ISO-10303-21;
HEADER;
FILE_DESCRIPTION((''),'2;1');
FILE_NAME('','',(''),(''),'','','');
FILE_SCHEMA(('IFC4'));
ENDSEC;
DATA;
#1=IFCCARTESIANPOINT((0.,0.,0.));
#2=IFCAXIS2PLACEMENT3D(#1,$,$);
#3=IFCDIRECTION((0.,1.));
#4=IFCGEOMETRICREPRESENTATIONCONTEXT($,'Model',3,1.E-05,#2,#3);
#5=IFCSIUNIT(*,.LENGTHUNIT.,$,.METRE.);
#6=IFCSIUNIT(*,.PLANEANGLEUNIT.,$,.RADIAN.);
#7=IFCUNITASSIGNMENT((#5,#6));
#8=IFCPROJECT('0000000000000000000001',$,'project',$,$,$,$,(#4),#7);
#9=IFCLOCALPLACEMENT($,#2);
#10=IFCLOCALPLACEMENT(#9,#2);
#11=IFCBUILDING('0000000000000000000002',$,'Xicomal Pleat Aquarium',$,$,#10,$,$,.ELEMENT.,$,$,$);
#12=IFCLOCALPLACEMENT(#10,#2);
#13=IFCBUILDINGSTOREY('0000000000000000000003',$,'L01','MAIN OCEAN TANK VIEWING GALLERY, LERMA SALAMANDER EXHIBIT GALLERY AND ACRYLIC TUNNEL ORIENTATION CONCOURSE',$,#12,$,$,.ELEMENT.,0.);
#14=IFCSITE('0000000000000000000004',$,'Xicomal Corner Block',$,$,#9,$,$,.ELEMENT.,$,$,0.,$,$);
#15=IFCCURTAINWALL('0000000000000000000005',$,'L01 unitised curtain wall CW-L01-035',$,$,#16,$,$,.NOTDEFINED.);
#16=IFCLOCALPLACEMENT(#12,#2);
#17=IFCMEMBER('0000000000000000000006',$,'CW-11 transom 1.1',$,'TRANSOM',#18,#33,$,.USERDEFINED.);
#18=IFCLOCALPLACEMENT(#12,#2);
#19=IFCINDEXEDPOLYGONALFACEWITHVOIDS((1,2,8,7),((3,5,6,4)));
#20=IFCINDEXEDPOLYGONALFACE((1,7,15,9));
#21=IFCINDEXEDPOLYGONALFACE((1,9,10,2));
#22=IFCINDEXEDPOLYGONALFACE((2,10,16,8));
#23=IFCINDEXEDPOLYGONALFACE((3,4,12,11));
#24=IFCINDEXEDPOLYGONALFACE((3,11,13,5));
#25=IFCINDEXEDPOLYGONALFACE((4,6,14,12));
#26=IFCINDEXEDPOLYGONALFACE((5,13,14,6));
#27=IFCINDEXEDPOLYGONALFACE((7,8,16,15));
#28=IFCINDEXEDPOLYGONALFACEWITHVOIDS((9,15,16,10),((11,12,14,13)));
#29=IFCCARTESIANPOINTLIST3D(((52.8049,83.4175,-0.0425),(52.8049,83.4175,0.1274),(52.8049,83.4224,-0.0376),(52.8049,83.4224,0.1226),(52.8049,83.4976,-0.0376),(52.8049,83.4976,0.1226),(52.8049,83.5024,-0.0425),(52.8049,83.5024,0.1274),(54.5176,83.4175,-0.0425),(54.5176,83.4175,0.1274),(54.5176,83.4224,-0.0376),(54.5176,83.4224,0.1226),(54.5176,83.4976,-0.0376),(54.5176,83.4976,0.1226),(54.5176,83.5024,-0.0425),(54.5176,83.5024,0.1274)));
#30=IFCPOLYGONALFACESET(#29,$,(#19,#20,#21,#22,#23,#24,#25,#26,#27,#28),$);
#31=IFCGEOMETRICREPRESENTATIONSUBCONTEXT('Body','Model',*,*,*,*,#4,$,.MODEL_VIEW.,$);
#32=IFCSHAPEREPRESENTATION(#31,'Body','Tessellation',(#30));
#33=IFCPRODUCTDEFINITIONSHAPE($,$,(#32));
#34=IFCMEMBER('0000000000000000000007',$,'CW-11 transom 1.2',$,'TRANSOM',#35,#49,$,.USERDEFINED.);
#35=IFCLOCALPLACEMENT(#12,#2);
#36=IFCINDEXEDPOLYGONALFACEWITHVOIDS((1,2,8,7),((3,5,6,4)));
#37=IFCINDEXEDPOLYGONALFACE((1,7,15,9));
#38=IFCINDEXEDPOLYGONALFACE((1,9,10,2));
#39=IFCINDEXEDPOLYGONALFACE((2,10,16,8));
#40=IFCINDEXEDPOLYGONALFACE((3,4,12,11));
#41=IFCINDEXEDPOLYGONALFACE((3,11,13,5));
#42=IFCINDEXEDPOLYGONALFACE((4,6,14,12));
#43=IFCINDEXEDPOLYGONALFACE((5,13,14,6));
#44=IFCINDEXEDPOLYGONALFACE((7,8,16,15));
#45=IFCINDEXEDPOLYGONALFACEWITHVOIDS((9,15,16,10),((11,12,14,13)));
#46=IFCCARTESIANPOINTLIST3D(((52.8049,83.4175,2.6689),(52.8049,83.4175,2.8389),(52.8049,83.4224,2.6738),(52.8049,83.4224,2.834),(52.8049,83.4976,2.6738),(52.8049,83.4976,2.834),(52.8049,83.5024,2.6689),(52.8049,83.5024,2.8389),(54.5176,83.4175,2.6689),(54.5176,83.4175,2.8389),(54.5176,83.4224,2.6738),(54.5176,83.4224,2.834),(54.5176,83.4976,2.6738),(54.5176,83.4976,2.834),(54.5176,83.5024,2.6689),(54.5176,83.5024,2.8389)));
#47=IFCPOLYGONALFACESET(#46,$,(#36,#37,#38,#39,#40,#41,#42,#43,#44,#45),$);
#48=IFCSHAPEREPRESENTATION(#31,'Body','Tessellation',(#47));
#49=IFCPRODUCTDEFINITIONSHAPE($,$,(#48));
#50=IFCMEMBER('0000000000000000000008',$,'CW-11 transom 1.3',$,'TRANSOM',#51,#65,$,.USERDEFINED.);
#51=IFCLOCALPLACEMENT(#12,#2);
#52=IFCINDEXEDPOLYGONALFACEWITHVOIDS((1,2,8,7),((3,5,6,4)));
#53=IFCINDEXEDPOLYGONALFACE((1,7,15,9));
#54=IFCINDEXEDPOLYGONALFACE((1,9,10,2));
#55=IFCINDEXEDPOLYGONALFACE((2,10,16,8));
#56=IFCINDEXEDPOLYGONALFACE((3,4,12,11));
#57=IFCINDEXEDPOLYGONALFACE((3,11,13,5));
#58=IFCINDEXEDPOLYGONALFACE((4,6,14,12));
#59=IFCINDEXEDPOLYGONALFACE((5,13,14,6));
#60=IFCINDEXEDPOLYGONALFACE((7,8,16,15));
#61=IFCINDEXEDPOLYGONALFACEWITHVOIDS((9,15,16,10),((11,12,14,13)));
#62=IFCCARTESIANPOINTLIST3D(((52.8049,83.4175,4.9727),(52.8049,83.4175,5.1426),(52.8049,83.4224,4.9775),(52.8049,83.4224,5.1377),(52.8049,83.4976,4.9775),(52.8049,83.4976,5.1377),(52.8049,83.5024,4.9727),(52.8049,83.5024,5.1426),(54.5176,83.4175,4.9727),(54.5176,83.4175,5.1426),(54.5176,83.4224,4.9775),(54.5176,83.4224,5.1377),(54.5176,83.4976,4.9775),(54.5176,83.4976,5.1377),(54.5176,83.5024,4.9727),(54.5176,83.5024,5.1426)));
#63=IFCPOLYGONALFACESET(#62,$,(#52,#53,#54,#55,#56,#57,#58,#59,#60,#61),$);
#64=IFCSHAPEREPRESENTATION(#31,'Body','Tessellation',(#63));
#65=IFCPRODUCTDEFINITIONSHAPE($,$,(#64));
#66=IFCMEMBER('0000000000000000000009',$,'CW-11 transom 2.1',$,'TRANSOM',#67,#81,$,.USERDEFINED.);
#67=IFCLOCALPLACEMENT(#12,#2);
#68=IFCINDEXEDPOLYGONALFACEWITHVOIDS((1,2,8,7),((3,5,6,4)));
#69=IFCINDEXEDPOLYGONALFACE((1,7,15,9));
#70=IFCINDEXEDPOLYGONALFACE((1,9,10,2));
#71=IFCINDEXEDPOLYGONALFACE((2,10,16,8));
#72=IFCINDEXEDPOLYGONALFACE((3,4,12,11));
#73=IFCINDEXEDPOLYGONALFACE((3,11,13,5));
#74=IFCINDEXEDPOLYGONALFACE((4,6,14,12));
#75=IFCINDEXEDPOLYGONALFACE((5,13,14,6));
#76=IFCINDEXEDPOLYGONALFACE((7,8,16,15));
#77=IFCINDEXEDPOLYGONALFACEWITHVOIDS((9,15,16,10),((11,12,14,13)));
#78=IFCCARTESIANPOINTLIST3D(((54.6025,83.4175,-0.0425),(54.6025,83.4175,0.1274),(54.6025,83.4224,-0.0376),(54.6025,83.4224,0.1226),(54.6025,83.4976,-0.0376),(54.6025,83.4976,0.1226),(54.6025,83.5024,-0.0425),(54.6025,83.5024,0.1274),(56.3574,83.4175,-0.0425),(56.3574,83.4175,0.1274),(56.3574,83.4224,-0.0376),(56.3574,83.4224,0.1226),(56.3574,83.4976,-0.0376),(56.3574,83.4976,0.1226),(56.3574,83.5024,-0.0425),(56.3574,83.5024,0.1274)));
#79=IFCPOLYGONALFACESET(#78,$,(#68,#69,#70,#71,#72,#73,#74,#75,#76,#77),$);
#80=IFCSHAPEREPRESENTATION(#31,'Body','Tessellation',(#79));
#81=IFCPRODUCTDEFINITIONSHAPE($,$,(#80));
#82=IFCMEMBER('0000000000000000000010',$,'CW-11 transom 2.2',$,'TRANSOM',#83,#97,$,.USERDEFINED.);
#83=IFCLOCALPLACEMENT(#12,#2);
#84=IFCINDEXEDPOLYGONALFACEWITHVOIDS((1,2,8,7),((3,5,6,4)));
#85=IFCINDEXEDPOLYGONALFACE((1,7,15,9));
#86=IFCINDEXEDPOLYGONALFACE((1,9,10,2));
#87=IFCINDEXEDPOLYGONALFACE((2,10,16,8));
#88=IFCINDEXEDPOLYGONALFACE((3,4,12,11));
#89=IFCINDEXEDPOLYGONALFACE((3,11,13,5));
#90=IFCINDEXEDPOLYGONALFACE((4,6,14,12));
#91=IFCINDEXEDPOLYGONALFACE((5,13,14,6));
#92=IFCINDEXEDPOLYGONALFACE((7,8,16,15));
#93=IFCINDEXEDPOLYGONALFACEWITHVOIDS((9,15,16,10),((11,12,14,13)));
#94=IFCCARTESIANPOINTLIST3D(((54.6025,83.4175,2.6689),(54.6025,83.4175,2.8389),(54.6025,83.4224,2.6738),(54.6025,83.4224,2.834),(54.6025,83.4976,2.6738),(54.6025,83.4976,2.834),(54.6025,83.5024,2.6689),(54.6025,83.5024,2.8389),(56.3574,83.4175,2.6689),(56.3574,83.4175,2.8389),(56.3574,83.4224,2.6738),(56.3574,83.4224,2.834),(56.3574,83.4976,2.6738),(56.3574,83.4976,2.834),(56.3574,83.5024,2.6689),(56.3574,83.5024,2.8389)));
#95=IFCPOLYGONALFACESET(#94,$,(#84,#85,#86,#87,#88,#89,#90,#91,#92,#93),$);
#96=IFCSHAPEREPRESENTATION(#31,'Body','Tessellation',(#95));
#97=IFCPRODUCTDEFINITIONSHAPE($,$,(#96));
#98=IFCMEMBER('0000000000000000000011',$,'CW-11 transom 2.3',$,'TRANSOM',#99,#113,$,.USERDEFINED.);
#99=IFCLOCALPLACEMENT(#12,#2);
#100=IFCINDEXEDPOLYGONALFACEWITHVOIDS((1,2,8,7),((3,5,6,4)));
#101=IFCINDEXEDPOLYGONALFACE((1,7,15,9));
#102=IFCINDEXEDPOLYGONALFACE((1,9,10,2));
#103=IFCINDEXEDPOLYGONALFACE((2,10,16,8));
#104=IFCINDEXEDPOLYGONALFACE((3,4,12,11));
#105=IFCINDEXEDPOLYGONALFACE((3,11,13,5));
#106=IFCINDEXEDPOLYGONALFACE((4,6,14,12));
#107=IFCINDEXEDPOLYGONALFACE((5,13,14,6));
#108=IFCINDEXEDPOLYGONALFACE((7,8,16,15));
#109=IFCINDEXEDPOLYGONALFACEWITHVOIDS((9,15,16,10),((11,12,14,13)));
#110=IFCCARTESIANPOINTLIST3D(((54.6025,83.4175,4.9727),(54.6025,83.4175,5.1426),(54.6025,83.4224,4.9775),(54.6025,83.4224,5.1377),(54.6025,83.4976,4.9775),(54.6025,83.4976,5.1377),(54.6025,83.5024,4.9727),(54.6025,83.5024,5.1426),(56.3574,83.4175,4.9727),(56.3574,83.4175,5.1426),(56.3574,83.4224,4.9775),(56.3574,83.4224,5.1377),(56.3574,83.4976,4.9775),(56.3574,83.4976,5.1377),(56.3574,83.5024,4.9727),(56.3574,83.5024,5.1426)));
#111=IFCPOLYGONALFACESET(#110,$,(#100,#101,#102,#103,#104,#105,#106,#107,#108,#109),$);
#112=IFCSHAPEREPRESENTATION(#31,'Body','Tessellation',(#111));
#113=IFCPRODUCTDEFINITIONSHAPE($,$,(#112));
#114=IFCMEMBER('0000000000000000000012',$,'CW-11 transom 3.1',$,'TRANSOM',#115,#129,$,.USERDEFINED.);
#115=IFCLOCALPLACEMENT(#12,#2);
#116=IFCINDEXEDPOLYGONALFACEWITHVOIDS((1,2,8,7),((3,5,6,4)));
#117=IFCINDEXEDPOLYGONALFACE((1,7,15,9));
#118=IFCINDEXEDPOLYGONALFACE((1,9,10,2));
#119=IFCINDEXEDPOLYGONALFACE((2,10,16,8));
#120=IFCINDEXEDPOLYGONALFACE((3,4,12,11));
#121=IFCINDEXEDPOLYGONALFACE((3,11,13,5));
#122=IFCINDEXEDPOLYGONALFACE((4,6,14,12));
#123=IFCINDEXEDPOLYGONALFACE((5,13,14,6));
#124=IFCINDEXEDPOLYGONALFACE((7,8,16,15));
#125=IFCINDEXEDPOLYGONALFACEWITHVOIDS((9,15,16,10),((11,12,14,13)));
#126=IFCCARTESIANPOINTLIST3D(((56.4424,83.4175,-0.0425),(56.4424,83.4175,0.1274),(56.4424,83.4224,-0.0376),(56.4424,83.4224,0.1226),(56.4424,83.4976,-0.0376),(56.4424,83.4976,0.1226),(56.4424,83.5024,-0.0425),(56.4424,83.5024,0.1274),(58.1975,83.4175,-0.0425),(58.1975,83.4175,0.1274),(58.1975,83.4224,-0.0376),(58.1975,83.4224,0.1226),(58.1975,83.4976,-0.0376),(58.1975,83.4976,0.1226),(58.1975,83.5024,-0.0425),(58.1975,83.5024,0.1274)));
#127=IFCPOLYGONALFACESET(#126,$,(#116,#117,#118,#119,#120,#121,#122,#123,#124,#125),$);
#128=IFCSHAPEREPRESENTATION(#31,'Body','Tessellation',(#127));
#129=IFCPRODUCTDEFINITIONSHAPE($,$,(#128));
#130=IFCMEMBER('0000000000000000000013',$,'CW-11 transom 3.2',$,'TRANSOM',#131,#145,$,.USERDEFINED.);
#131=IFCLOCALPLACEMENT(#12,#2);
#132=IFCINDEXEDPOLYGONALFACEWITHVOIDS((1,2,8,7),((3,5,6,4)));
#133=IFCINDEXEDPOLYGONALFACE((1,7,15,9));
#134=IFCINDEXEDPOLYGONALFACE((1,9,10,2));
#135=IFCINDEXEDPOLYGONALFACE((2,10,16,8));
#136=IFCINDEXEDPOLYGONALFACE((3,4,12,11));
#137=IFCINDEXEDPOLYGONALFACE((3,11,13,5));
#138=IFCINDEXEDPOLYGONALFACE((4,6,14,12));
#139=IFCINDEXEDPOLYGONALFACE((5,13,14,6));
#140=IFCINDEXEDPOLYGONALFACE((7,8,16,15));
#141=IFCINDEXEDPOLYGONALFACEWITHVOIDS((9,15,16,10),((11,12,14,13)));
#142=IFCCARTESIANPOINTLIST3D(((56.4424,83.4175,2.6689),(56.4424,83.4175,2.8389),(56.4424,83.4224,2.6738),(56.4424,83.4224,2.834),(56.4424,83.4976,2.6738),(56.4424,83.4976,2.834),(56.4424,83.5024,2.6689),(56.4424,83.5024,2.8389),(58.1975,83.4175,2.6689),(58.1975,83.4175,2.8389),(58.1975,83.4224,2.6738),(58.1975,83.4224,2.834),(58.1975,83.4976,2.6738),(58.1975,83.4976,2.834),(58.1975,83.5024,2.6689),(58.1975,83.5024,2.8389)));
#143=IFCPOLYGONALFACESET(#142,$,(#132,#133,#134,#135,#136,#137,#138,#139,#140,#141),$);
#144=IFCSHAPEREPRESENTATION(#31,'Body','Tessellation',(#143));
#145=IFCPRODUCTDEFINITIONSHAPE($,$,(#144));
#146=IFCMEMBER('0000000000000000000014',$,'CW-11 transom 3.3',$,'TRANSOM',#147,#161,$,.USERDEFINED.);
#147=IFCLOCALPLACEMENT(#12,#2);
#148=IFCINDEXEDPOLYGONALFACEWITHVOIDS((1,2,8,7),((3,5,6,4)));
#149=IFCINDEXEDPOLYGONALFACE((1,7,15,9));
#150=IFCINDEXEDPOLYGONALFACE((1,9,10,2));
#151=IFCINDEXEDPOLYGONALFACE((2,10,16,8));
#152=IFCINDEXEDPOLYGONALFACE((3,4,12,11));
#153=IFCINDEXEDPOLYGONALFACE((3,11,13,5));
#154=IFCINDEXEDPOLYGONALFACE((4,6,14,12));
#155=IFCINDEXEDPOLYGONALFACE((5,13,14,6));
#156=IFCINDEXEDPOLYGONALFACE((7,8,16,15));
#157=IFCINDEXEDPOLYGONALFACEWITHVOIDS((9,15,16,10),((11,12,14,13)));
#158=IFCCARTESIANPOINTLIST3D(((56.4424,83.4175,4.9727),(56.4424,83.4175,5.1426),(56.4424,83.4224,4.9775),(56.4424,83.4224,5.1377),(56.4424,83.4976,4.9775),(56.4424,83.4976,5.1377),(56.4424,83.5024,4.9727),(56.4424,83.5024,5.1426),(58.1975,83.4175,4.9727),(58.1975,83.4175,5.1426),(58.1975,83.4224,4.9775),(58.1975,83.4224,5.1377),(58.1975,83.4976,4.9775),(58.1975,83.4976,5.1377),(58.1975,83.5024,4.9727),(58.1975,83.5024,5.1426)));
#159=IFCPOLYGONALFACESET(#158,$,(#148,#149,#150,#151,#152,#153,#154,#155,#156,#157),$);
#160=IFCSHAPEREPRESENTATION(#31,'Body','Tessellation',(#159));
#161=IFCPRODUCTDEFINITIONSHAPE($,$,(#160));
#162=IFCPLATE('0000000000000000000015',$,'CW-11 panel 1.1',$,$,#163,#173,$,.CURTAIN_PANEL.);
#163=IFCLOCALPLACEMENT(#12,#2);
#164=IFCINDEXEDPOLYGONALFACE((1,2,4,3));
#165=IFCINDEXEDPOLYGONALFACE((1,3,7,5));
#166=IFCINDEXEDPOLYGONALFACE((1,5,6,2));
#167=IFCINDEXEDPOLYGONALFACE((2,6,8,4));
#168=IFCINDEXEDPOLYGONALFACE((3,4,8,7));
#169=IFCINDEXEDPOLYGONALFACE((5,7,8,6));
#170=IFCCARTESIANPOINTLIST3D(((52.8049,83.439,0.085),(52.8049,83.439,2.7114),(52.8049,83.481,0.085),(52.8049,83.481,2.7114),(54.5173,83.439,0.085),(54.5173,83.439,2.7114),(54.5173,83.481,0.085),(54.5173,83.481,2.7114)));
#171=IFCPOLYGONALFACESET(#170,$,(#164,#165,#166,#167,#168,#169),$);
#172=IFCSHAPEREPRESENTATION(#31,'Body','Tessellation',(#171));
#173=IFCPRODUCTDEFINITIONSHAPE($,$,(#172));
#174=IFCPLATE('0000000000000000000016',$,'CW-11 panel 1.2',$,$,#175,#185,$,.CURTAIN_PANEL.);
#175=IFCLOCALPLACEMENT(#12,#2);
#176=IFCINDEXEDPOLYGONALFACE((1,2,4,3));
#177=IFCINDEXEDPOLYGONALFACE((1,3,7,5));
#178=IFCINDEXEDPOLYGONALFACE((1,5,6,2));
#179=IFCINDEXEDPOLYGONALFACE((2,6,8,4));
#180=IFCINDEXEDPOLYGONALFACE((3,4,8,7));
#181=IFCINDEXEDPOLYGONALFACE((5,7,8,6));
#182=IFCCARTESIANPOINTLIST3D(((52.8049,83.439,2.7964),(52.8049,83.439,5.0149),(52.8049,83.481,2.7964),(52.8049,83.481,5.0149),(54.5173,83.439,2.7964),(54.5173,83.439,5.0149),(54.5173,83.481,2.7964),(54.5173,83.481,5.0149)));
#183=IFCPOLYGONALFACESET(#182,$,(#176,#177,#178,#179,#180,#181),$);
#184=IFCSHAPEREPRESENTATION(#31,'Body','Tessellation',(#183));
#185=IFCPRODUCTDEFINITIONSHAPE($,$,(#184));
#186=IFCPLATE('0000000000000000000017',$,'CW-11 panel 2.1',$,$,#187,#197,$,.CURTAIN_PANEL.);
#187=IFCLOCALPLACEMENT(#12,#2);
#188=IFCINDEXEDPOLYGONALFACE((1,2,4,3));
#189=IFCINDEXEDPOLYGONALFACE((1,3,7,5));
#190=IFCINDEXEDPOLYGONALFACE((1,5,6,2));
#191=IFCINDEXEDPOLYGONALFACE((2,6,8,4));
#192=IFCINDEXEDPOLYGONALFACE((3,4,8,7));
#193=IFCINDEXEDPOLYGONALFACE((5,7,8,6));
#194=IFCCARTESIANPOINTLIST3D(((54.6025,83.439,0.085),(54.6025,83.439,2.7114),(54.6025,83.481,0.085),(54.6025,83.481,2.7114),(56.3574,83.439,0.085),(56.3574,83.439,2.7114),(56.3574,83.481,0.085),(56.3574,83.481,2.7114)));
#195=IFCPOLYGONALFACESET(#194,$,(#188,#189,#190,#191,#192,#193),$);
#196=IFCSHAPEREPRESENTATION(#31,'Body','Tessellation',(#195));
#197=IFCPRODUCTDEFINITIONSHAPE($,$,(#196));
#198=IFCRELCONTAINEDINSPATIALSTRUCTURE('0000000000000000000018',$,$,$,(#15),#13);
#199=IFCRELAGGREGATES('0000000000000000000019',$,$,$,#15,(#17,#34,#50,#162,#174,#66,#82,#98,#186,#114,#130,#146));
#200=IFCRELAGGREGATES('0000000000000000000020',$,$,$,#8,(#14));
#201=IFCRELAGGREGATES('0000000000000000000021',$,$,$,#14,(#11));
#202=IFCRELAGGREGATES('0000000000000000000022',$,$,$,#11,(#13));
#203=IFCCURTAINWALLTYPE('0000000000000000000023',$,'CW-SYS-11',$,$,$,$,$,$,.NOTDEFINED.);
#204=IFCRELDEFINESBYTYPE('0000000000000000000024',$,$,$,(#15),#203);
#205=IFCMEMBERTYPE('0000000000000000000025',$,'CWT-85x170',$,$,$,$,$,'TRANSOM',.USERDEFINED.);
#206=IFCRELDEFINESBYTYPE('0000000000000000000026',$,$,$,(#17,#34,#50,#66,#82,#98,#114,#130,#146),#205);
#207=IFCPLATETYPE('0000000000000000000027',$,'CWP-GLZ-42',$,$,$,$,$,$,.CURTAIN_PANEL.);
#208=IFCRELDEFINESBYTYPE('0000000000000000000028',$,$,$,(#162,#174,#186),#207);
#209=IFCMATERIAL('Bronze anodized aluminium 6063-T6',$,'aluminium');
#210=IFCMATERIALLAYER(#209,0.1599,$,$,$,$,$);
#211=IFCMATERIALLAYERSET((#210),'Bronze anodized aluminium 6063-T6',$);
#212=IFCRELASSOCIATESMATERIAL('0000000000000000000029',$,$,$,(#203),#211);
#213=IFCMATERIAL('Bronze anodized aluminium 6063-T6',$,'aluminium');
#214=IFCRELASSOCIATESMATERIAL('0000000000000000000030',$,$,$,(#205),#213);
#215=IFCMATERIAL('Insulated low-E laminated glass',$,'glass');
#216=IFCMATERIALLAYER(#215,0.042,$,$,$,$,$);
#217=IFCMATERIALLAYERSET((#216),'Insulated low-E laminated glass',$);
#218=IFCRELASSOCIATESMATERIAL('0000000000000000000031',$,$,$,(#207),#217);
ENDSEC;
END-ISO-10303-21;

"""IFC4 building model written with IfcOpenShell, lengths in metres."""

from ifc_helpers import new_model, si_unit, direction, frame, origin, origin_2d, place, context, subcontext, project, spatial, rectangle, hollow_rectangle, extrude, material, layer, layer_set, material_profile, profile_set, type_object, element, aggregate, save


model = new_model("IFC4")

# Units and contexts
model_context = context("Model", 3, precision=1e-05, world=origin(), true_north=direction((0.0, 1.0)))
body_context = subcontext(model_context, "Body", "Model", "MODEL_VIEW")
ifc_project = project(units=[si_unit("LENGTHUNIT", "METRE"), si_unit("PLANEANGLEUNIT", "RADIAN")], contexts=[model_context])

# Site, building, storey
site_placement = place(None, origin())
site = spatial("IfcSite", under=ifc_project, at=site_placement, Name="Xicomal Corner Block", CompositionType="ELEMENT", RefElevation=0.0)
building_placement = place(site_placement, origin())
building = spatial("IfcBuilding", under=site, at=building_placement, Name="Xicomal Pleat Aquarium", CompositionType="ELEMENT")
storey_placement = place(building_placement, origin())
storey = spatial("IfcBuildingStorey", under=building, at=storey_placement, Name="L01", Description="MAIN OCEAN TANK VIEWING GALLERY, LERMA SALAMANDER EXHIBIT GALLERY AND ACRYLIC TUNNEL ORIENTATION CONCOURSE", CompositionType="ELEMENT", Elevation=0.0)

# Curtain wall, members, plates
ifc_material_1 = material(Name="Bronze anodized aluminium 6063-T6", Category="aluminium")
ifc_layer_1 = layer(ifc_material_1, 0.1599)
ifc_layer_set_1 = layer_set([ifc_layer_1], Name="Bronze anodized aluminium 6063-T6")
curtain_wall_type = type_object("IfcCurtainWallType", Name="CW-SYS-11", PredefinedType="NOTDEFINED", material=ifc_layer_set_1)
curtain_wall_placement = place(storey_placement, origin())
curtain_wall = element("IfcCurtainWall", 1, at=curtain_wall_placement, inside=storey, type_object=curtain_wall_type, Name="L01 unitised curtain wall CW-L01-035", PredefinedType="NOTDEFINED")
ifc_material_2 = material(Name="Bronze anodized aluminium 6063-T6", Category="aluminium")
ifc_material_profile_1 = material_profile(ifc_material_2, hollow_rectangle(XDim=0.085, YDim=0.1699, WallThickness=0.0049, at=origin_2d()), Name="ALU TRAN 85x170")
ifc_profile_set_1 = profile_set([ifc_material_profile_1], Name="Bronze anodized aluminium 6063-T6")
member_type_1 = type_object("IfcMemberType", Name="CWT-85x170", ElementType="TRANSOM", PredefinedType="USERDEFINED", material=ifc_profile_set_1)
member_1_placement = place(storey_placement, frame((52.8049, 83.46, 0.0425), z_axis=(1.0, 0.0, 0.0), x_axis=(0.0, 1.0, 0.0)))
member_1 = element("IfcMember", 2, at=member_1_placement, type_object=member_type_1, Name="CW-11 transom 1.1", ObjectType="TRANSOM", PredefinedType="USERDEFINED", context=body_context, shape_type="SweptSolid", body=[
    extrude(hollow_rectangle(XDim=0.085, YDim=0.1699, WallThickness=0.0049, at=origin_2d()), origin(), (0.0, 0.0, 1.0), 1.7126),
])
member_2_placement = place(storey_placement, frame((52.8049, 83.46, 2.7539), z_axis=(1.0, 0.0, 0.0), x_axis=(0.0, 1.0, 0.0)))
member_2 = element("IfcMember", 3, at=member_2_placement, type_object=member_type_1, Name="CW-11 transom 1.2", ObjectType="TRANSOM", PredefinedType="USERDEFINED", context=body_context, shape_type="SweptSolid", body=[
    extrude(hollow_rectangle(XDim=0.085, YDim=0.1699, WallThickness=0.0049, at=origin_2d()), origin(), (0.0, 0.0, 1.0), 1.7126),
])
member_3_placement = place(storey_placement, frame((52.8049, 83.46, 5.0576), z_axis=(1.0, 0.0, 0.0), x_axis=(0.0, 1.0, 0.0)))
member_3 = element("IfcMember", 4, at=member_3_placement, type_object=member_type_1, Name="CW-11 transom 1.3", ObjectType="TRANSOM", PredefinedType="USERDEFINED", context=body_context, shape_type="SweptSolid", body=[
    extrude(hollow_rectangle(XDim=0.085, YDim=0.1699, WallThickness=0.0049, at=origin_2d()), origin(), (0.0, 0.0, 1.0), 1.7126),
])
member_4_placement = place(storey_placement, frame((54.6025, 83.46, 0.0425), z_axis=(1.0, 0.0, 0.0), x_axis=(0.0, 1.0, 0.0)))
member_4 = element("IfcMember", 5, at=member_4_placement, type_object=member_type_1, Name="CW-11 transom 2.1", ObjectType="TRANSOM", PredefinedType="USERDEFINED", context=body_context, shape_type="SweptSolid", body=[
    extrude(hollow_rectangle(XDim=0.085, YDim=0.1699, WallThickness=0.0049, at=origin_2d()), origin(), (0.0, 0.0, 1.0), 1.7549),
])
member_5_placement = place(storey_placement, frame((54.6025, 83.46, 2.7539), z_axis=(1.0, 0.0, 0.0), x_axis=(0.0, 1.0, 0.0)))
member_5 = element("IfcMember", 6, at=member_5_placement, type_object=member_type_1, Name="CW-11 transom 2.2", ObjectType="TRANSOM", PredefinedType="USERDEFINED", context=body_context, shape_type="SweptSolid", body=[
    extrude(hollow_rectangle(XDim=0.085, YDim=0.1699, WallThickness=0.0049, at=origin_2d()), origin(), (0.0, 0.0, 1.0), 1.7549),
])
member_6_placement = place(storey_placement, frame((54.6025, 83.46, 5.0576), z_axis=(1.0, 0.0, 0.0), x_axis=(0.0, 1.0, 0.0)))
member_6 = element("IfcMember", 7, at=member_6_placement, type_object=member_type_1, Name="CW-11 transom 2.3", ObjectType="TRANSOM", PredefinedType="USERDEFINED", context=body_context, shape_type="SweptSolid", body=[
    extrude(hollow_rectangle(XDim=0.085, YDim=0.1699, WallThickness=0.0049, at=origin_2d()), origin(), (0.0, 0.0, 1.0), 1.7549),
])
member_7_placement = place(storey_placement, frame((56.4424, 83.46, 0.0425), z_axis=(1.0, 0.0, 0.0), x_axis=(0.0, 1.0, 0.0)))
member_7 = element("IfcMember", 8, at=member_7_placement, type_object=member_type_1, Name="CW-11 transom 3.1", ObjectType="TRANSOM", PredefinedType="USERDEFINED", context=body_context, shape_type="SweptSolid", body=[
    extrude(hollow_rectangle(XDim=0.085, YDim=0.1699, WallThickness=0.0049, at=origin_2d()), origin(), (0.0, 0.0, 1.0), 1.7551),
])
member_8_placement = place(storey_placement, frame((56.4424, 83.46, 2.7539), z_axis=(1.0, 0.0, 0.0), x_axis=(0.0, 1.0, 0.0)))
member_8 = element("IfcMember", 9, at=member_8_placement, type_object=member_type_1, Name="CW-11 transom 3.2", ObjectType="TRANSOM", PredefinedType="USERDEFINED", context=body_context, shape_type="SweptSolid", body=[
    extrude(hollow_rectangle(XDim=0.085, YDim=0.1699, WallThickness=0.0049, at=origin_2d()), origin(), (0.0, 0.0, 1.0), 1.7551),
])
member_9_placement = place(storey_placement, frame((56.4424, 83.46, 5.0576), z_axis=(1.0, 0.0, 0.0), x_axis=(0.0, 1.0, 0.0)))
member_9 = element("IfcMember", 10, at=member_9_placement, type_object=member_type_1, Name="CW-11 transom 3.3", ObjectType="TRANSOM", PredefinedType="USERDEFINED", context=body_context, shape_type="SweptSolid", body=[
    extrude(hollow_rectangle(XDim=0.085, YDim=0.1699, WallThickness=0.0049, at=origin_2d()), origin(), (0.0, 0.0, 1.0), 1.7551),
])
ifc_material_3 = material(Name="Insulated low-E laminated glass", Category="glass")
ifc_layer_2 = layer(ifc_material_3, 0.042)
ifc_layer_set_2 = layer_set([ifc_layer_2], Name="Insulated low-E laminated glass")
plate_type = type_object("IfcPlateType", Name="CWP-GLZ-42", PredefinedType="CURTAIN_PANEL", material=ifc_layer_set_2)
plate_1_placement = place(storey_placement, frame((53.6611, 83.46, 0.085), z_axis=(0.0, 0.0, 1.0), x_axis=(1.0, 0.0, 0.0)))
plate_1 = element("IfcPlate", 11, at=plate_1_placement, type_object=plate_type, Name="CW-11 panel 1.1", PredefinedType="CURTAIN_PANEL", context=body_context, shape_type="SweptSolid", body=[
    extrude(rectangle(XDim=1.7124, YDim=0.042, at=origin_2d()), origin(), (0.0, 0.0, 1.0), 2.6265),
])
plate_2_placement = place(storey_placement, frame((53.6611, 83.46, 2.7964), z_axis=(0.0, 0.0, 1.0), x_axis=(1.0, 0.0, 0.0)))
plate_2 = element("IfcPlate", 12, at=plate_2_placement, type_object=plate_type, Name="CW-11 panel 1.2", PredefinedType="CURTAIN_PANEL", context=body_context, shape_type="SweptSolid", body=[
    extrude(rectangle(XDim=1.7124, YDim=0.042, at=origin_2d()), origin(), (0.0, 0.0, 1.0), 2.2185),
])
plate_3_placement = place(storey_placement, frame((55.48, 83.46, 0.085), z_axis=(0.0, 0.0, 1.0), x_axis=(1.0, 0.0, 0.0)))
plate_3 = element("IfcPlate", 13, at=plate_3_placement, type_object=plate_type, Name="CW-11 panel 2.1", PredefinedType="CURTAIN_PANEL", context=body_context, shape_type="SweptSolid", body=[
    extrude(rectangle(XDim=1.7549, YDim=0.042, at=origin_2d()), origin(), (0.0, 0.0, 1.0), 2.6265),
])
aggregate(curtain_wall, [member_1, member_2, member_3, plate_1, plate_2, member_4, member_5, member_6, plate_3, member_7, member_8, member_9])

save(model, "model.ifc")
